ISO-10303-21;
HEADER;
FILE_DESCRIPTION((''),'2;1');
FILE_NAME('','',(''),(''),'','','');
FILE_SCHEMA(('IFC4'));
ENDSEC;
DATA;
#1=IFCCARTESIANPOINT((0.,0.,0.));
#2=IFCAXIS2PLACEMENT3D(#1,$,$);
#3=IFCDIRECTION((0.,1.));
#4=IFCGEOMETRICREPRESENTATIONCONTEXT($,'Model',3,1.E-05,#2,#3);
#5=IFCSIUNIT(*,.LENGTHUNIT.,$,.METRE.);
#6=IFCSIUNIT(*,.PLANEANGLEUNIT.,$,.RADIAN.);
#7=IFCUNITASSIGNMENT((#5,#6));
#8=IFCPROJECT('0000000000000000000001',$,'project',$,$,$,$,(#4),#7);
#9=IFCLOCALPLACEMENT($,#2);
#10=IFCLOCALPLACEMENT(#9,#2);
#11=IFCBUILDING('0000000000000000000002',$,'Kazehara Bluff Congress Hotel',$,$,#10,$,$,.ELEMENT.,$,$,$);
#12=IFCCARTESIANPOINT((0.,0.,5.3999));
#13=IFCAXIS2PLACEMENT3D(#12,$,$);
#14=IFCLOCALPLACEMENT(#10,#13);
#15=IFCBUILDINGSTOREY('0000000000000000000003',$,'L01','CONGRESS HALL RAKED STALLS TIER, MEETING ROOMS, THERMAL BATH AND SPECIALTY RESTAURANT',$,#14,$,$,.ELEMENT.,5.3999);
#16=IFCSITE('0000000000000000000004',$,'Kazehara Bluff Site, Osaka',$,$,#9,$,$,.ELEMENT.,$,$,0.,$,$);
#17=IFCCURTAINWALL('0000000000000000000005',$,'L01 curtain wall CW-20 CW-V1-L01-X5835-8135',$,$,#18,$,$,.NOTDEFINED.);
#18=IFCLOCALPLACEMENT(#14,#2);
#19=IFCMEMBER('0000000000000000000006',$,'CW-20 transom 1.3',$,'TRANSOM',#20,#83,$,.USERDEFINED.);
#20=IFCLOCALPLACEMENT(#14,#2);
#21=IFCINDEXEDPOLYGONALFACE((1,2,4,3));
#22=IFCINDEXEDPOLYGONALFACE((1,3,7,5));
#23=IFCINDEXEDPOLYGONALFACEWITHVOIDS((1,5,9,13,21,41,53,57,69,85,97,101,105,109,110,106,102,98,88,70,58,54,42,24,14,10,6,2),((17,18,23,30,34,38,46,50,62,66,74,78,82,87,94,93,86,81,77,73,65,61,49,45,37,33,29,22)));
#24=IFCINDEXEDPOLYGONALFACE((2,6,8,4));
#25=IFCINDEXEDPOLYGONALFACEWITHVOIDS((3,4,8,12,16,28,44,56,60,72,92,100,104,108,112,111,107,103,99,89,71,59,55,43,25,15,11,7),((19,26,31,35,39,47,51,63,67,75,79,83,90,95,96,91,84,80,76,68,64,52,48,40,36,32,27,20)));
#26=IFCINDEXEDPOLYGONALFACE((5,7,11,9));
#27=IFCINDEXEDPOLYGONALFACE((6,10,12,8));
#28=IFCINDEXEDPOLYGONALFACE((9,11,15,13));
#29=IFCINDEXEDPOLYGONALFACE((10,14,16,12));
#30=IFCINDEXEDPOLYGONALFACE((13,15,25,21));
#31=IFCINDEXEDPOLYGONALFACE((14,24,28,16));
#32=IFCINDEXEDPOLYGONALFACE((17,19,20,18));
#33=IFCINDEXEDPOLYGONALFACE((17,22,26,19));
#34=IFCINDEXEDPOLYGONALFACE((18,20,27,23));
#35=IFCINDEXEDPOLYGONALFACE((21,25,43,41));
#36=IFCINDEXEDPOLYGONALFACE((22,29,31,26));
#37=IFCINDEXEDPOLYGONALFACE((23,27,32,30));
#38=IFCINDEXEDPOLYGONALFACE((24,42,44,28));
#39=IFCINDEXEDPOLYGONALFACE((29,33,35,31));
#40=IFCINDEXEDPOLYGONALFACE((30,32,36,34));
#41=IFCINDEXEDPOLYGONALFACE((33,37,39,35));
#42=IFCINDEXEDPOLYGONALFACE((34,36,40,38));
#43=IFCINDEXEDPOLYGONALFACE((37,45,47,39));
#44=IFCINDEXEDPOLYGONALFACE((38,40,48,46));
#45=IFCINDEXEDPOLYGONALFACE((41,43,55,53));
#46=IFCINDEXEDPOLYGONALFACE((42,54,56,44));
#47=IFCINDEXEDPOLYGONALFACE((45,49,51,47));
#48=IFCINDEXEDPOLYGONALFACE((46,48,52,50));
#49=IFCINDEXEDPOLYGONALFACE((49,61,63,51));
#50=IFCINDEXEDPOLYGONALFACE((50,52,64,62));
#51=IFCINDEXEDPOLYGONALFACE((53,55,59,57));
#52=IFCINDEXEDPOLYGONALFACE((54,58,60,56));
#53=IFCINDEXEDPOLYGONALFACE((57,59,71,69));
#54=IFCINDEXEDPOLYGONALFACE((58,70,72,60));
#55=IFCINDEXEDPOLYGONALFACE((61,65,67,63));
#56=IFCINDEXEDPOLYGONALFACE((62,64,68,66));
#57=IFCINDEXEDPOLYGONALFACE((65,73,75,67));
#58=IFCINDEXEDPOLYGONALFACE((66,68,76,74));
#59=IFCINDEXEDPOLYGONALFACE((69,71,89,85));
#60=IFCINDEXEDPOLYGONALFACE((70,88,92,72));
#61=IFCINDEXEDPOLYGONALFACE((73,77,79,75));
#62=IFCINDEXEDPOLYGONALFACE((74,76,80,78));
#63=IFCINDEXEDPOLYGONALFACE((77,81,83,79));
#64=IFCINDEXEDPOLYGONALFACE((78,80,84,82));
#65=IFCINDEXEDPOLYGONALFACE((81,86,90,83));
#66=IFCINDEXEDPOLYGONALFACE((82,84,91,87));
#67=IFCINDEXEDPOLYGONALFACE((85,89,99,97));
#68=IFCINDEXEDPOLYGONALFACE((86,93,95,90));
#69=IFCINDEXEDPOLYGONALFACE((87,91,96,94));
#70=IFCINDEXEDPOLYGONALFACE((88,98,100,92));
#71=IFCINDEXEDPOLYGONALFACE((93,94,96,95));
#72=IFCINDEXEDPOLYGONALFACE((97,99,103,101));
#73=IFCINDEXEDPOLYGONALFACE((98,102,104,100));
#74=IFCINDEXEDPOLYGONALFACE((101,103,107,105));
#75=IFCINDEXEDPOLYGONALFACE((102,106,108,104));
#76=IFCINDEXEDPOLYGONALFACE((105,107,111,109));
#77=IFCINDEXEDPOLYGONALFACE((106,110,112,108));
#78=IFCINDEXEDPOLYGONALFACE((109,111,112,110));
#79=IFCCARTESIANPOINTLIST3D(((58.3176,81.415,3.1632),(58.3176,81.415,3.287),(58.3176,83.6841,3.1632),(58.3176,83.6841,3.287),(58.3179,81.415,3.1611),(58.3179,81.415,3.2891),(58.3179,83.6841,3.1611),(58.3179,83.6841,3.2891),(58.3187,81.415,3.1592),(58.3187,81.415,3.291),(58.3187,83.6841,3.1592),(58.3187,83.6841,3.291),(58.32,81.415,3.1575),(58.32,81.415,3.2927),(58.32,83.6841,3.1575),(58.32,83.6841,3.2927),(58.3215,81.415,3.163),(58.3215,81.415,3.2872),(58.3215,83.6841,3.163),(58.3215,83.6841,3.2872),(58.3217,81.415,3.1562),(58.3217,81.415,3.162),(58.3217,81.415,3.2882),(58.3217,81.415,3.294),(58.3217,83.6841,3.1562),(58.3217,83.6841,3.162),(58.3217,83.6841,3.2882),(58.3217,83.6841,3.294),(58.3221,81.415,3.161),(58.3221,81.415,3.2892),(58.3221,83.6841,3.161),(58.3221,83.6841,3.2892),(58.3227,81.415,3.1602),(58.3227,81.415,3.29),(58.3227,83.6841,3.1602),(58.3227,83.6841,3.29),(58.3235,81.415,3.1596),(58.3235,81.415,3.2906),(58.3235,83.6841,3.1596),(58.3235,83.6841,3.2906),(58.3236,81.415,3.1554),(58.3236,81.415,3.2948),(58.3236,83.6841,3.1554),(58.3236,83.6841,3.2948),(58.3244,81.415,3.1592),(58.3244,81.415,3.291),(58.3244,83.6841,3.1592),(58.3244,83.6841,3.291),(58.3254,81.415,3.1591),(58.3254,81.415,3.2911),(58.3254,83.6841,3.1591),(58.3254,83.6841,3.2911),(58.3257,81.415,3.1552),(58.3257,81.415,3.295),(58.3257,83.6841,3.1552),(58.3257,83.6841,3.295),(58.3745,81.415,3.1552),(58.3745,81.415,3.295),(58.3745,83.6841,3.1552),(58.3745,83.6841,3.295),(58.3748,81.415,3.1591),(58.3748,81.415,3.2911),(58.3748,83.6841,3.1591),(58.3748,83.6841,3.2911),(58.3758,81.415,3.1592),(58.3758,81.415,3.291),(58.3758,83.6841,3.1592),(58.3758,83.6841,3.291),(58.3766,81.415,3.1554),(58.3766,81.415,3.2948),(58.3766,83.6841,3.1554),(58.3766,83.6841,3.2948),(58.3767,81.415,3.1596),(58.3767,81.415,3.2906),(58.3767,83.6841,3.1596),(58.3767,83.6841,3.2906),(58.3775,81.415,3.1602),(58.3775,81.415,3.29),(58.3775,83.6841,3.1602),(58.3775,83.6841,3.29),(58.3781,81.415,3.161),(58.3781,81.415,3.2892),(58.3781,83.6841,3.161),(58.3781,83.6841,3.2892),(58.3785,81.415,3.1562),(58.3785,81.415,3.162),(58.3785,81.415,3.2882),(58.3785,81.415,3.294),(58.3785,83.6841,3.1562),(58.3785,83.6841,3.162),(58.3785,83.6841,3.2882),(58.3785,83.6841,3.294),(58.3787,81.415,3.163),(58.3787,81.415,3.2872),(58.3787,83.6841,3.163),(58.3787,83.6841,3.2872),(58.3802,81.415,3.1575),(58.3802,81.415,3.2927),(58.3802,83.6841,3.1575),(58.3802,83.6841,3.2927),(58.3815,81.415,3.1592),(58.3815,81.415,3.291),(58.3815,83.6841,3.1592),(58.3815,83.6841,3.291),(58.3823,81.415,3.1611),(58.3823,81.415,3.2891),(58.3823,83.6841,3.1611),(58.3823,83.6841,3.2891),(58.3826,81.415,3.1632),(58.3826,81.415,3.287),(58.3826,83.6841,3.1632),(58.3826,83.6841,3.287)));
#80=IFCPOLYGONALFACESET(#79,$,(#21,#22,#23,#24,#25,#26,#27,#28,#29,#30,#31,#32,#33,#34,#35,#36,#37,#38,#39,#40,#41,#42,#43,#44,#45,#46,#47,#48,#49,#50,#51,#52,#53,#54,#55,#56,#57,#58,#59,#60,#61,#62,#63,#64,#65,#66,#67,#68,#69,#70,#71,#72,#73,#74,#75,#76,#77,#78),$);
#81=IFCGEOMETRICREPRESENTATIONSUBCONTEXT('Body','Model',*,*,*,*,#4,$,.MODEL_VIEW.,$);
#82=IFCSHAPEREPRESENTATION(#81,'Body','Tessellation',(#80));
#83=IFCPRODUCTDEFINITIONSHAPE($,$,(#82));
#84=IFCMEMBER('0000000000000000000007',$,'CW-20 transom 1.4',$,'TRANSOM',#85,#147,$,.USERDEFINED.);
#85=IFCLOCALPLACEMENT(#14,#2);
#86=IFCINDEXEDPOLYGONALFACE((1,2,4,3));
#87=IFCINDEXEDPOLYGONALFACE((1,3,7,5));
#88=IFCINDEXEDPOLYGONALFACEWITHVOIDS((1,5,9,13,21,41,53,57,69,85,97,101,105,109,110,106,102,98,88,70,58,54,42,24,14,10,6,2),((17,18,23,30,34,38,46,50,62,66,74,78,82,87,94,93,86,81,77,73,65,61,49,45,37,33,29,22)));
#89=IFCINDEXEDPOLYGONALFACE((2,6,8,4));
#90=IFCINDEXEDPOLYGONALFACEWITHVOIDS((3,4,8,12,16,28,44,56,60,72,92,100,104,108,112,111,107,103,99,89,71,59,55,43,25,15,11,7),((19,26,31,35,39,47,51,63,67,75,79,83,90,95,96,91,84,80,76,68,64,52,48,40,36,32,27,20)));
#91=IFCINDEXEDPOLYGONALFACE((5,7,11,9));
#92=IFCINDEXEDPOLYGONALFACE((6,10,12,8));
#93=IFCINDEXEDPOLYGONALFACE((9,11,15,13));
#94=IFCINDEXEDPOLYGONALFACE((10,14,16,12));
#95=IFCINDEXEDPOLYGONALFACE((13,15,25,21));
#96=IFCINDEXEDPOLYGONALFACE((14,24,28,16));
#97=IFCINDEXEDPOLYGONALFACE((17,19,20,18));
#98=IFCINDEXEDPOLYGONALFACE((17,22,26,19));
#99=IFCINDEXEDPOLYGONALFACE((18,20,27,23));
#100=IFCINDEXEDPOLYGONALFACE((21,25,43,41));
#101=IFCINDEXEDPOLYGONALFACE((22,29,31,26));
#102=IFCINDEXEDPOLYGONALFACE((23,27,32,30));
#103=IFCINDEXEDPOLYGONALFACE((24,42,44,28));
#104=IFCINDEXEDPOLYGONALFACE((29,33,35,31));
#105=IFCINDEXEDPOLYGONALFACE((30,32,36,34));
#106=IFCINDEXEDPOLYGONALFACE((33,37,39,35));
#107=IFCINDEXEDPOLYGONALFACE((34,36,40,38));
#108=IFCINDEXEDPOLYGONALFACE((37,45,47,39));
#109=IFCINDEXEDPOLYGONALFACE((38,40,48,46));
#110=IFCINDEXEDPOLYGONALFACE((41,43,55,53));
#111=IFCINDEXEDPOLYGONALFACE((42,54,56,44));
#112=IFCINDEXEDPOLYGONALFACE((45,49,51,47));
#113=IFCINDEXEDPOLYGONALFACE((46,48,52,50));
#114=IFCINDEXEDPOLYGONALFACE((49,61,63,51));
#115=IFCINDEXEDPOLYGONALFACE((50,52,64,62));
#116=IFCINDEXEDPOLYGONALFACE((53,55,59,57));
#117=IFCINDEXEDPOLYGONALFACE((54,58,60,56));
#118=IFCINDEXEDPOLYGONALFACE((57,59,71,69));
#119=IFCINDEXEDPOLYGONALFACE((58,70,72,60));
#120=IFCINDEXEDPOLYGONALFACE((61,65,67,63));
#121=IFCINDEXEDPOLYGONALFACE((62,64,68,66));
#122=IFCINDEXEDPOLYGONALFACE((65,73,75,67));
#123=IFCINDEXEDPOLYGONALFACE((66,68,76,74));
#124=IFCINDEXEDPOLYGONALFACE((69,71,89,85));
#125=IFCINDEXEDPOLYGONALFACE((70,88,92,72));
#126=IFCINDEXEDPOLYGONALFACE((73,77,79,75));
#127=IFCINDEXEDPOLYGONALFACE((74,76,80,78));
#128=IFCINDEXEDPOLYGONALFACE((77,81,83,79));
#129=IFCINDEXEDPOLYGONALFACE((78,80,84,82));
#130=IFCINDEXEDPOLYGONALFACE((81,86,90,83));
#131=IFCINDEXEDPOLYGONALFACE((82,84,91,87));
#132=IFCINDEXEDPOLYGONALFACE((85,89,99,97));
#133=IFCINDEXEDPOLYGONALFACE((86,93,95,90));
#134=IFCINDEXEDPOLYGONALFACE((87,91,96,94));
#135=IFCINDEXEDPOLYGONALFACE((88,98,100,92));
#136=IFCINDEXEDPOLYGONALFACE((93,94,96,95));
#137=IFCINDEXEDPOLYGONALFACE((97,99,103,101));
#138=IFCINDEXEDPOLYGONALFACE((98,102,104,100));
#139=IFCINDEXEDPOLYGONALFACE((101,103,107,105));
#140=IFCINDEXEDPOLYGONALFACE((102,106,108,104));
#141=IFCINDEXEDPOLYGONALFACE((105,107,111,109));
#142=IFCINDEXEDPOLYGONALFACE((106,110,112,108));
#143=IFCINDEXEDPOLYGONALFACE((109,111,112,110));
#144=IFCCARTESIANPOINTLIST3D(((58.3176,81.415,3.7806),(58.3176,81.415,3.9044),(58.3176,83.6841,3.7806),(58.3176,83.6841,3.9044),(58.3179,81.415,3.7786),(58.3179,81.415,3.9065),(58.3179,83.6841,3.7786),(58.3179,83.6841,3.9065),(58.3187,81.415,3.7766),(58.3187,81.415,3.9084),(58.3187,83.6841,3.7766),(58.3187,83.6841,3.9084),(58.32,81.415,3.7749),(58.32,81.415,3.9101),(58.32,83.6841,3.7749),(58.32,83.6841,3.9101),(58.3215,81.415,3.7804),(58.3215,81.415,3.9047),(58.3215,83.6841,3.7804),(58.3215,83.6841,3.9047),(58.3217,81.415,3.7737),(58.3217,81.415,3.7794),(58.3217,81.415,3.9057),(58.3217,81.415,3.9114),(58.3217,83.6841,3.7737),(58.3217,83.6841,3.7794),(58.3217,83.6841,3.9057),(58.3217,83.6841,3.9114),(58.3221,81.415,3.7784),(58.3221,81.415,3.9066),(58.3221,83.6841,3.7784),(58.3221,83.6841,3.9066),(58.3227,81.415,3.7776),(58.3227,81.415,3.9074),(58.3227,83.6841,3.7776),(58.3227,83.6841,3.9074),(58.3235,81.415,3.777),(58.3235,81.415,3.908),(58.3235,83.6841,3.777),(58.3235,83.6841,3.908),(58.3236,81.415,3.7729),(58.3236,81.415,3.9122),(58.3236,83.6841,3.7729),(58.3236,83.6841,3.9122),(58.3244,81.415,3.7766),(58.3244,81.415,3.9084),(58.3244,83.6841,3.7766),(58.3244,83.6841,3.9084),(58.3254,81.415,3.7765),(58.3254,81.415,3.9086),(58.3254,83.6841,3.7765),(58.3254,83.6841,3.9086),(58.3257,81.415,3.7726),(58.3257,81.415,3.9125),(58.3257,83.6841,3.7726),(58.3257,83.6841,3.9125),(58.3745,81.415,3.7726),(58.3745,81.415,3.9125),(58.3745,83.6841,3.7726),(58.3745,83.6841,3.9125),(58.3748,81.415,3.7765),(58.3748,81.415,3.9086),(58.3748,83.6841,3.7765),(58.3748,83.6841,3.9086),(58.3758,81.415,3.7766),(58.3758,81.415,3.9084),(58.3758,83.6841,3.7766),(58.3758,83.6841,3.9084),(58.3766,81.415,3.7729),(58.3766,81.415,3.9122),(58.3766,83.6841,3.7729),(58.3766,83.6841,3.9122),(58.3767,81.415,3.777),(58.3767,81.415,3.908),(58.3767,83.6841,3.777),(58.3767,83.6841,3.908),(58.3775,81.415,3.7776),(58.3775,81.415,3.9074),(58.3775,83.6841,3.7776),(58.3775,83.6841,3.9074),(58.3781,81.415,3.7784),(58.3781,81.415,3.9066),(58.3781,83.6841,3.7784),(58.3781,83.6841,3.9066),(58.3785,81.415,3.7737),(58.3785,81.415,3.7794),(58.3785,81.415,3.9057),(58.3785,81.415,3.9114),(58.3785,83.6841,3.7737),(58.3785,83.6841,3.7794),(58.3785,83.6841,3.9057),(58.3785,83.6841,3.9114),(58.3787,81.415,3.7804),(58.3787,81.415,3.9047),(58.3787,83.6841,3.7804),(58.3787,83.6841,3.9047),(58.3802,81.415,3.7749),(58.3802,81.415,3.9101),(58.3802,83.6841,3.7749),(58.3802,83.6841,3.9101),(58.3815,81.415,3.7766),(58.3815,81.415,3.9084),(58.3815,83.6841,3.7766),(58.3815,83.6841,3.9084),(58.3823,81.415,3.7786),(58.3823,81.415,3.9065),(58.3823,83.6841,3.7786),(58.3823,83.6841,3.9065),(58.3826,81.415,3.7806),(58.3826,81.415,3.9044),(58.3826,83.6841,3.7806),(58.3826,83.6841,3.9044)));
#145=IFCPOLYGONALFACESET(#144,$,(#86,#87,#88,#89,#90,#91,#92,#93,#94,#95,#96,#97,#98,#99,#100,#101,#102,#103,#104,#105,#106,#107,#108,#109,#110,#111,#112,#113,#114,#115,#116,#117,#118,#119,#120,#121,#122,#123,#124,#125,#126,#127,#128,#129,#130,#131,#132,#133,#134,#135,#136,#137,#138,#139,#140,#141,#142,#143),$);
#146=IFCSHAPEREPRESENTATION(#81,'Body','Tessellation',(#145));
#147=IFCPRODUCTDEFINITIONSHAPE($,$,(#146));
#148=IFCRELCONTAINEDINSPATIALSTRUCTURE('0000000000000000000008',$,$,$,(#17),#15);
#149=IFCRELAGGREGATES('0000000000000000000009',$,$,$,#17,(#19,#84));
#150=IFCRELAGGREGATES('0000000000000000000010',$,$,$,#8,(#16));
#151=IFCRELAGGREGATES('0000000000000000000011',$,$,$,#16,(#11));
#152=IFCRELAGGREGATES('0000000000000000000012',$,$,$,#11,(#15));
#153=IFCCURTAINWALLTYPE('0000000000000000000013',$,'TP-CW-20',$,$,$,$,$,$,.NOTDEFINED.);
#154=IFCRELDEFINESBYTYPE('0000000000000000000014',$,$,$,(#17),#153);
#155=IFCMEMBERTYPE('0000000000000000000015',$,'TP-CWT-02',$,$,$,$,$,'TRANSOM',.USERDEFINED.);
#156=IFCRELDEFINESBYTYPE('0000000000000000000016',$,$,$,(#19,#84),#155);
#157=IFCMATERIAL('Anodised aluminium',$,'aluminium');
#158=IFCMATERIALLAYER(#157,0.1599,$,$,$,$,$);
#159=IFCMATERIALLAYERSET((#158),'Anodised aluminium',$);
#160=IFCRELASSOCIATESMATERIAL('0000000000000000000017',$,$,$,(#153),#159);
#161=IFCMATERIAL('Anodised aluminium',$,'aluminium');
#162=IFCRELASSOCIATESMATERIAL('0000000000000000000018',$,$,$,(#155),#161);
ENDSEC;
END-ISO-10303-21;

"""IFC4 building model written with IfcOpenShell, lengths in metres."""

from ifc_helpers import new_model, si_unit, direction, frame, origin, origin_2d, place, context, subcontext, project, spatial, hollow_rectangle, extrude, material, layer, layer_set, material_profile, profile_set, type_object, element, aggregate, save


model = new_model("IFC4")

# Units and contexts
model_context = context("Model", 3, precision=1e-05, world=origin(), true_north=direction((0.0, 1.0)))
body_context = subcontext(model_context, "Body", "Model", "MODEL_VIEW")
ifc_project = project(units=[si_unit("LENGTHUNIT", "METRE"), si_unit("PLANEANGLEUNIT", "RADIAN")], contexts=[model_context])

# Site, building, storey
site_placement = place(None, origin())
site = spatial("IfcSite", under=ifc_project, at=site_placement, Name="Kazehara Bluff Site, Osaka", CompositionType="ELEMENT", RefElevation=0.0)
building_placement = place(site_placement, origin())
building = spatial("IfcBuilding", under=site, at=building_placement, Name="Kazehara Bluff Congress Hotel", CompositionType="ELEMENT")
storey_placement = place(building_placement, frame((0.0, 0.0, 5.3999)))
storey = spatial("IfcBuildingStorey", under=building, at=storey_placement, Name="L01", Description="CONGRESS HALL RAKED STALLS TIER, MEETING ROOMS, THERMAL BATH AND SPECIALTY RESTAURANT", CompositionType="ELEMENT", Elevation=5.3999)

# Curtain wall
ifc_material_1 = material(Name="Anodised aluminium", Category="aluminium")
ifc_layer_1 = layer(ifc_material_1, 0.1599)
ifc_layer_set_1 = layer_set([ifc_layer_1], Name="Anodised aluminium")
curtain_wall_type_1 = type_object("IfcCurtainWallType", Name="TP-CW-20", PredefinedType="NOTDEFINED", material=ifc_layer_set_1)
curtain_wall_1_placement = place(storey_placement, origin())
curtain_wall_1 = element("IfcCurtainWall", 1, at=curtain_wall_1_placement, inside=storey, type_object=curtain_wall_type_1, Name="L01 curtain wall CW-20 CW-V1-L01-X5835-8135", PredefinedType="NOTDEFINED")

# Members
ifc_material_2 = material(Name="Anodised aluminium", Category="aluminium")
ifc_material_profile_1 = material_profile(ifc_material_2, hollow_rectangle(XDim=0.0649, YDim=0.1399, WallThickness=0.0039, InnerFilletRadius=0.0039, OuterFilletRadius=0.0081, at=origin_2d()))
ifc_profile_set_1 = profile_set([ifc_material_profile_1], Name="Anodised aluminium")
member_type_1 = type_object("IfcMemberType", Name="TP-CWT-02", ElementType="TRANSOM", PredefinedType="USERDEFINED", material=ifc_profile_set_1)
member_1_placement = place(storey_placement, frame((58.3501, 81.415, 3.2251), z_axis=(0.0, 1.0, 0.0), x_axis=(-1.0, 0.0, 0.0)))
member_1 = element("IfcMember", 2, at=member_1_placement, type_object=member_type_1, Name="CW-20 transom 1.3", ObjectType="TRANSOM", PredefinedType="USERDEFINED", context=body_context, shape_type="SweptSolid", body=[
    extrude(hollow_rectangle(XDim=0.0649, YDim=0.1399, WallThickness=0.0039, InnerFilletRadius=0.0039, OuterFilletRadius=0.0081, at=origin_2d()), origin(), (0.0, 0.0, 1.0), 2.269),
])
member_2_placement = place(storey_placement, frame((58.3501, 81.415, 3.8425), z_axis=(0.0, 1.0, 0.0), x_axis=(-1.0, 0.0, 0.0)))
member_2 = element("IfcMember", 3, at=member_2_placement, type_object=member_type_1, Name="CW-20 transom 1.4", ObjectType="TRANSOM", PredefinedType="USERDEFINED", context=body_context, shape_type="SweptSolid", body=[
    extrude(hollow_rectangle(XDim=0.0649, YDim=0.1399, WallThickness=0.0039, InnerFilletRadius=0.0039, OuterFilletRadius=0.0081, at=origin_2d()), origin(), (0.0, 0.0, 1.0), 2.269),
])

aggregate(curtain_wall_1, [member_1, member_2])

save(model, "model.ifc")
